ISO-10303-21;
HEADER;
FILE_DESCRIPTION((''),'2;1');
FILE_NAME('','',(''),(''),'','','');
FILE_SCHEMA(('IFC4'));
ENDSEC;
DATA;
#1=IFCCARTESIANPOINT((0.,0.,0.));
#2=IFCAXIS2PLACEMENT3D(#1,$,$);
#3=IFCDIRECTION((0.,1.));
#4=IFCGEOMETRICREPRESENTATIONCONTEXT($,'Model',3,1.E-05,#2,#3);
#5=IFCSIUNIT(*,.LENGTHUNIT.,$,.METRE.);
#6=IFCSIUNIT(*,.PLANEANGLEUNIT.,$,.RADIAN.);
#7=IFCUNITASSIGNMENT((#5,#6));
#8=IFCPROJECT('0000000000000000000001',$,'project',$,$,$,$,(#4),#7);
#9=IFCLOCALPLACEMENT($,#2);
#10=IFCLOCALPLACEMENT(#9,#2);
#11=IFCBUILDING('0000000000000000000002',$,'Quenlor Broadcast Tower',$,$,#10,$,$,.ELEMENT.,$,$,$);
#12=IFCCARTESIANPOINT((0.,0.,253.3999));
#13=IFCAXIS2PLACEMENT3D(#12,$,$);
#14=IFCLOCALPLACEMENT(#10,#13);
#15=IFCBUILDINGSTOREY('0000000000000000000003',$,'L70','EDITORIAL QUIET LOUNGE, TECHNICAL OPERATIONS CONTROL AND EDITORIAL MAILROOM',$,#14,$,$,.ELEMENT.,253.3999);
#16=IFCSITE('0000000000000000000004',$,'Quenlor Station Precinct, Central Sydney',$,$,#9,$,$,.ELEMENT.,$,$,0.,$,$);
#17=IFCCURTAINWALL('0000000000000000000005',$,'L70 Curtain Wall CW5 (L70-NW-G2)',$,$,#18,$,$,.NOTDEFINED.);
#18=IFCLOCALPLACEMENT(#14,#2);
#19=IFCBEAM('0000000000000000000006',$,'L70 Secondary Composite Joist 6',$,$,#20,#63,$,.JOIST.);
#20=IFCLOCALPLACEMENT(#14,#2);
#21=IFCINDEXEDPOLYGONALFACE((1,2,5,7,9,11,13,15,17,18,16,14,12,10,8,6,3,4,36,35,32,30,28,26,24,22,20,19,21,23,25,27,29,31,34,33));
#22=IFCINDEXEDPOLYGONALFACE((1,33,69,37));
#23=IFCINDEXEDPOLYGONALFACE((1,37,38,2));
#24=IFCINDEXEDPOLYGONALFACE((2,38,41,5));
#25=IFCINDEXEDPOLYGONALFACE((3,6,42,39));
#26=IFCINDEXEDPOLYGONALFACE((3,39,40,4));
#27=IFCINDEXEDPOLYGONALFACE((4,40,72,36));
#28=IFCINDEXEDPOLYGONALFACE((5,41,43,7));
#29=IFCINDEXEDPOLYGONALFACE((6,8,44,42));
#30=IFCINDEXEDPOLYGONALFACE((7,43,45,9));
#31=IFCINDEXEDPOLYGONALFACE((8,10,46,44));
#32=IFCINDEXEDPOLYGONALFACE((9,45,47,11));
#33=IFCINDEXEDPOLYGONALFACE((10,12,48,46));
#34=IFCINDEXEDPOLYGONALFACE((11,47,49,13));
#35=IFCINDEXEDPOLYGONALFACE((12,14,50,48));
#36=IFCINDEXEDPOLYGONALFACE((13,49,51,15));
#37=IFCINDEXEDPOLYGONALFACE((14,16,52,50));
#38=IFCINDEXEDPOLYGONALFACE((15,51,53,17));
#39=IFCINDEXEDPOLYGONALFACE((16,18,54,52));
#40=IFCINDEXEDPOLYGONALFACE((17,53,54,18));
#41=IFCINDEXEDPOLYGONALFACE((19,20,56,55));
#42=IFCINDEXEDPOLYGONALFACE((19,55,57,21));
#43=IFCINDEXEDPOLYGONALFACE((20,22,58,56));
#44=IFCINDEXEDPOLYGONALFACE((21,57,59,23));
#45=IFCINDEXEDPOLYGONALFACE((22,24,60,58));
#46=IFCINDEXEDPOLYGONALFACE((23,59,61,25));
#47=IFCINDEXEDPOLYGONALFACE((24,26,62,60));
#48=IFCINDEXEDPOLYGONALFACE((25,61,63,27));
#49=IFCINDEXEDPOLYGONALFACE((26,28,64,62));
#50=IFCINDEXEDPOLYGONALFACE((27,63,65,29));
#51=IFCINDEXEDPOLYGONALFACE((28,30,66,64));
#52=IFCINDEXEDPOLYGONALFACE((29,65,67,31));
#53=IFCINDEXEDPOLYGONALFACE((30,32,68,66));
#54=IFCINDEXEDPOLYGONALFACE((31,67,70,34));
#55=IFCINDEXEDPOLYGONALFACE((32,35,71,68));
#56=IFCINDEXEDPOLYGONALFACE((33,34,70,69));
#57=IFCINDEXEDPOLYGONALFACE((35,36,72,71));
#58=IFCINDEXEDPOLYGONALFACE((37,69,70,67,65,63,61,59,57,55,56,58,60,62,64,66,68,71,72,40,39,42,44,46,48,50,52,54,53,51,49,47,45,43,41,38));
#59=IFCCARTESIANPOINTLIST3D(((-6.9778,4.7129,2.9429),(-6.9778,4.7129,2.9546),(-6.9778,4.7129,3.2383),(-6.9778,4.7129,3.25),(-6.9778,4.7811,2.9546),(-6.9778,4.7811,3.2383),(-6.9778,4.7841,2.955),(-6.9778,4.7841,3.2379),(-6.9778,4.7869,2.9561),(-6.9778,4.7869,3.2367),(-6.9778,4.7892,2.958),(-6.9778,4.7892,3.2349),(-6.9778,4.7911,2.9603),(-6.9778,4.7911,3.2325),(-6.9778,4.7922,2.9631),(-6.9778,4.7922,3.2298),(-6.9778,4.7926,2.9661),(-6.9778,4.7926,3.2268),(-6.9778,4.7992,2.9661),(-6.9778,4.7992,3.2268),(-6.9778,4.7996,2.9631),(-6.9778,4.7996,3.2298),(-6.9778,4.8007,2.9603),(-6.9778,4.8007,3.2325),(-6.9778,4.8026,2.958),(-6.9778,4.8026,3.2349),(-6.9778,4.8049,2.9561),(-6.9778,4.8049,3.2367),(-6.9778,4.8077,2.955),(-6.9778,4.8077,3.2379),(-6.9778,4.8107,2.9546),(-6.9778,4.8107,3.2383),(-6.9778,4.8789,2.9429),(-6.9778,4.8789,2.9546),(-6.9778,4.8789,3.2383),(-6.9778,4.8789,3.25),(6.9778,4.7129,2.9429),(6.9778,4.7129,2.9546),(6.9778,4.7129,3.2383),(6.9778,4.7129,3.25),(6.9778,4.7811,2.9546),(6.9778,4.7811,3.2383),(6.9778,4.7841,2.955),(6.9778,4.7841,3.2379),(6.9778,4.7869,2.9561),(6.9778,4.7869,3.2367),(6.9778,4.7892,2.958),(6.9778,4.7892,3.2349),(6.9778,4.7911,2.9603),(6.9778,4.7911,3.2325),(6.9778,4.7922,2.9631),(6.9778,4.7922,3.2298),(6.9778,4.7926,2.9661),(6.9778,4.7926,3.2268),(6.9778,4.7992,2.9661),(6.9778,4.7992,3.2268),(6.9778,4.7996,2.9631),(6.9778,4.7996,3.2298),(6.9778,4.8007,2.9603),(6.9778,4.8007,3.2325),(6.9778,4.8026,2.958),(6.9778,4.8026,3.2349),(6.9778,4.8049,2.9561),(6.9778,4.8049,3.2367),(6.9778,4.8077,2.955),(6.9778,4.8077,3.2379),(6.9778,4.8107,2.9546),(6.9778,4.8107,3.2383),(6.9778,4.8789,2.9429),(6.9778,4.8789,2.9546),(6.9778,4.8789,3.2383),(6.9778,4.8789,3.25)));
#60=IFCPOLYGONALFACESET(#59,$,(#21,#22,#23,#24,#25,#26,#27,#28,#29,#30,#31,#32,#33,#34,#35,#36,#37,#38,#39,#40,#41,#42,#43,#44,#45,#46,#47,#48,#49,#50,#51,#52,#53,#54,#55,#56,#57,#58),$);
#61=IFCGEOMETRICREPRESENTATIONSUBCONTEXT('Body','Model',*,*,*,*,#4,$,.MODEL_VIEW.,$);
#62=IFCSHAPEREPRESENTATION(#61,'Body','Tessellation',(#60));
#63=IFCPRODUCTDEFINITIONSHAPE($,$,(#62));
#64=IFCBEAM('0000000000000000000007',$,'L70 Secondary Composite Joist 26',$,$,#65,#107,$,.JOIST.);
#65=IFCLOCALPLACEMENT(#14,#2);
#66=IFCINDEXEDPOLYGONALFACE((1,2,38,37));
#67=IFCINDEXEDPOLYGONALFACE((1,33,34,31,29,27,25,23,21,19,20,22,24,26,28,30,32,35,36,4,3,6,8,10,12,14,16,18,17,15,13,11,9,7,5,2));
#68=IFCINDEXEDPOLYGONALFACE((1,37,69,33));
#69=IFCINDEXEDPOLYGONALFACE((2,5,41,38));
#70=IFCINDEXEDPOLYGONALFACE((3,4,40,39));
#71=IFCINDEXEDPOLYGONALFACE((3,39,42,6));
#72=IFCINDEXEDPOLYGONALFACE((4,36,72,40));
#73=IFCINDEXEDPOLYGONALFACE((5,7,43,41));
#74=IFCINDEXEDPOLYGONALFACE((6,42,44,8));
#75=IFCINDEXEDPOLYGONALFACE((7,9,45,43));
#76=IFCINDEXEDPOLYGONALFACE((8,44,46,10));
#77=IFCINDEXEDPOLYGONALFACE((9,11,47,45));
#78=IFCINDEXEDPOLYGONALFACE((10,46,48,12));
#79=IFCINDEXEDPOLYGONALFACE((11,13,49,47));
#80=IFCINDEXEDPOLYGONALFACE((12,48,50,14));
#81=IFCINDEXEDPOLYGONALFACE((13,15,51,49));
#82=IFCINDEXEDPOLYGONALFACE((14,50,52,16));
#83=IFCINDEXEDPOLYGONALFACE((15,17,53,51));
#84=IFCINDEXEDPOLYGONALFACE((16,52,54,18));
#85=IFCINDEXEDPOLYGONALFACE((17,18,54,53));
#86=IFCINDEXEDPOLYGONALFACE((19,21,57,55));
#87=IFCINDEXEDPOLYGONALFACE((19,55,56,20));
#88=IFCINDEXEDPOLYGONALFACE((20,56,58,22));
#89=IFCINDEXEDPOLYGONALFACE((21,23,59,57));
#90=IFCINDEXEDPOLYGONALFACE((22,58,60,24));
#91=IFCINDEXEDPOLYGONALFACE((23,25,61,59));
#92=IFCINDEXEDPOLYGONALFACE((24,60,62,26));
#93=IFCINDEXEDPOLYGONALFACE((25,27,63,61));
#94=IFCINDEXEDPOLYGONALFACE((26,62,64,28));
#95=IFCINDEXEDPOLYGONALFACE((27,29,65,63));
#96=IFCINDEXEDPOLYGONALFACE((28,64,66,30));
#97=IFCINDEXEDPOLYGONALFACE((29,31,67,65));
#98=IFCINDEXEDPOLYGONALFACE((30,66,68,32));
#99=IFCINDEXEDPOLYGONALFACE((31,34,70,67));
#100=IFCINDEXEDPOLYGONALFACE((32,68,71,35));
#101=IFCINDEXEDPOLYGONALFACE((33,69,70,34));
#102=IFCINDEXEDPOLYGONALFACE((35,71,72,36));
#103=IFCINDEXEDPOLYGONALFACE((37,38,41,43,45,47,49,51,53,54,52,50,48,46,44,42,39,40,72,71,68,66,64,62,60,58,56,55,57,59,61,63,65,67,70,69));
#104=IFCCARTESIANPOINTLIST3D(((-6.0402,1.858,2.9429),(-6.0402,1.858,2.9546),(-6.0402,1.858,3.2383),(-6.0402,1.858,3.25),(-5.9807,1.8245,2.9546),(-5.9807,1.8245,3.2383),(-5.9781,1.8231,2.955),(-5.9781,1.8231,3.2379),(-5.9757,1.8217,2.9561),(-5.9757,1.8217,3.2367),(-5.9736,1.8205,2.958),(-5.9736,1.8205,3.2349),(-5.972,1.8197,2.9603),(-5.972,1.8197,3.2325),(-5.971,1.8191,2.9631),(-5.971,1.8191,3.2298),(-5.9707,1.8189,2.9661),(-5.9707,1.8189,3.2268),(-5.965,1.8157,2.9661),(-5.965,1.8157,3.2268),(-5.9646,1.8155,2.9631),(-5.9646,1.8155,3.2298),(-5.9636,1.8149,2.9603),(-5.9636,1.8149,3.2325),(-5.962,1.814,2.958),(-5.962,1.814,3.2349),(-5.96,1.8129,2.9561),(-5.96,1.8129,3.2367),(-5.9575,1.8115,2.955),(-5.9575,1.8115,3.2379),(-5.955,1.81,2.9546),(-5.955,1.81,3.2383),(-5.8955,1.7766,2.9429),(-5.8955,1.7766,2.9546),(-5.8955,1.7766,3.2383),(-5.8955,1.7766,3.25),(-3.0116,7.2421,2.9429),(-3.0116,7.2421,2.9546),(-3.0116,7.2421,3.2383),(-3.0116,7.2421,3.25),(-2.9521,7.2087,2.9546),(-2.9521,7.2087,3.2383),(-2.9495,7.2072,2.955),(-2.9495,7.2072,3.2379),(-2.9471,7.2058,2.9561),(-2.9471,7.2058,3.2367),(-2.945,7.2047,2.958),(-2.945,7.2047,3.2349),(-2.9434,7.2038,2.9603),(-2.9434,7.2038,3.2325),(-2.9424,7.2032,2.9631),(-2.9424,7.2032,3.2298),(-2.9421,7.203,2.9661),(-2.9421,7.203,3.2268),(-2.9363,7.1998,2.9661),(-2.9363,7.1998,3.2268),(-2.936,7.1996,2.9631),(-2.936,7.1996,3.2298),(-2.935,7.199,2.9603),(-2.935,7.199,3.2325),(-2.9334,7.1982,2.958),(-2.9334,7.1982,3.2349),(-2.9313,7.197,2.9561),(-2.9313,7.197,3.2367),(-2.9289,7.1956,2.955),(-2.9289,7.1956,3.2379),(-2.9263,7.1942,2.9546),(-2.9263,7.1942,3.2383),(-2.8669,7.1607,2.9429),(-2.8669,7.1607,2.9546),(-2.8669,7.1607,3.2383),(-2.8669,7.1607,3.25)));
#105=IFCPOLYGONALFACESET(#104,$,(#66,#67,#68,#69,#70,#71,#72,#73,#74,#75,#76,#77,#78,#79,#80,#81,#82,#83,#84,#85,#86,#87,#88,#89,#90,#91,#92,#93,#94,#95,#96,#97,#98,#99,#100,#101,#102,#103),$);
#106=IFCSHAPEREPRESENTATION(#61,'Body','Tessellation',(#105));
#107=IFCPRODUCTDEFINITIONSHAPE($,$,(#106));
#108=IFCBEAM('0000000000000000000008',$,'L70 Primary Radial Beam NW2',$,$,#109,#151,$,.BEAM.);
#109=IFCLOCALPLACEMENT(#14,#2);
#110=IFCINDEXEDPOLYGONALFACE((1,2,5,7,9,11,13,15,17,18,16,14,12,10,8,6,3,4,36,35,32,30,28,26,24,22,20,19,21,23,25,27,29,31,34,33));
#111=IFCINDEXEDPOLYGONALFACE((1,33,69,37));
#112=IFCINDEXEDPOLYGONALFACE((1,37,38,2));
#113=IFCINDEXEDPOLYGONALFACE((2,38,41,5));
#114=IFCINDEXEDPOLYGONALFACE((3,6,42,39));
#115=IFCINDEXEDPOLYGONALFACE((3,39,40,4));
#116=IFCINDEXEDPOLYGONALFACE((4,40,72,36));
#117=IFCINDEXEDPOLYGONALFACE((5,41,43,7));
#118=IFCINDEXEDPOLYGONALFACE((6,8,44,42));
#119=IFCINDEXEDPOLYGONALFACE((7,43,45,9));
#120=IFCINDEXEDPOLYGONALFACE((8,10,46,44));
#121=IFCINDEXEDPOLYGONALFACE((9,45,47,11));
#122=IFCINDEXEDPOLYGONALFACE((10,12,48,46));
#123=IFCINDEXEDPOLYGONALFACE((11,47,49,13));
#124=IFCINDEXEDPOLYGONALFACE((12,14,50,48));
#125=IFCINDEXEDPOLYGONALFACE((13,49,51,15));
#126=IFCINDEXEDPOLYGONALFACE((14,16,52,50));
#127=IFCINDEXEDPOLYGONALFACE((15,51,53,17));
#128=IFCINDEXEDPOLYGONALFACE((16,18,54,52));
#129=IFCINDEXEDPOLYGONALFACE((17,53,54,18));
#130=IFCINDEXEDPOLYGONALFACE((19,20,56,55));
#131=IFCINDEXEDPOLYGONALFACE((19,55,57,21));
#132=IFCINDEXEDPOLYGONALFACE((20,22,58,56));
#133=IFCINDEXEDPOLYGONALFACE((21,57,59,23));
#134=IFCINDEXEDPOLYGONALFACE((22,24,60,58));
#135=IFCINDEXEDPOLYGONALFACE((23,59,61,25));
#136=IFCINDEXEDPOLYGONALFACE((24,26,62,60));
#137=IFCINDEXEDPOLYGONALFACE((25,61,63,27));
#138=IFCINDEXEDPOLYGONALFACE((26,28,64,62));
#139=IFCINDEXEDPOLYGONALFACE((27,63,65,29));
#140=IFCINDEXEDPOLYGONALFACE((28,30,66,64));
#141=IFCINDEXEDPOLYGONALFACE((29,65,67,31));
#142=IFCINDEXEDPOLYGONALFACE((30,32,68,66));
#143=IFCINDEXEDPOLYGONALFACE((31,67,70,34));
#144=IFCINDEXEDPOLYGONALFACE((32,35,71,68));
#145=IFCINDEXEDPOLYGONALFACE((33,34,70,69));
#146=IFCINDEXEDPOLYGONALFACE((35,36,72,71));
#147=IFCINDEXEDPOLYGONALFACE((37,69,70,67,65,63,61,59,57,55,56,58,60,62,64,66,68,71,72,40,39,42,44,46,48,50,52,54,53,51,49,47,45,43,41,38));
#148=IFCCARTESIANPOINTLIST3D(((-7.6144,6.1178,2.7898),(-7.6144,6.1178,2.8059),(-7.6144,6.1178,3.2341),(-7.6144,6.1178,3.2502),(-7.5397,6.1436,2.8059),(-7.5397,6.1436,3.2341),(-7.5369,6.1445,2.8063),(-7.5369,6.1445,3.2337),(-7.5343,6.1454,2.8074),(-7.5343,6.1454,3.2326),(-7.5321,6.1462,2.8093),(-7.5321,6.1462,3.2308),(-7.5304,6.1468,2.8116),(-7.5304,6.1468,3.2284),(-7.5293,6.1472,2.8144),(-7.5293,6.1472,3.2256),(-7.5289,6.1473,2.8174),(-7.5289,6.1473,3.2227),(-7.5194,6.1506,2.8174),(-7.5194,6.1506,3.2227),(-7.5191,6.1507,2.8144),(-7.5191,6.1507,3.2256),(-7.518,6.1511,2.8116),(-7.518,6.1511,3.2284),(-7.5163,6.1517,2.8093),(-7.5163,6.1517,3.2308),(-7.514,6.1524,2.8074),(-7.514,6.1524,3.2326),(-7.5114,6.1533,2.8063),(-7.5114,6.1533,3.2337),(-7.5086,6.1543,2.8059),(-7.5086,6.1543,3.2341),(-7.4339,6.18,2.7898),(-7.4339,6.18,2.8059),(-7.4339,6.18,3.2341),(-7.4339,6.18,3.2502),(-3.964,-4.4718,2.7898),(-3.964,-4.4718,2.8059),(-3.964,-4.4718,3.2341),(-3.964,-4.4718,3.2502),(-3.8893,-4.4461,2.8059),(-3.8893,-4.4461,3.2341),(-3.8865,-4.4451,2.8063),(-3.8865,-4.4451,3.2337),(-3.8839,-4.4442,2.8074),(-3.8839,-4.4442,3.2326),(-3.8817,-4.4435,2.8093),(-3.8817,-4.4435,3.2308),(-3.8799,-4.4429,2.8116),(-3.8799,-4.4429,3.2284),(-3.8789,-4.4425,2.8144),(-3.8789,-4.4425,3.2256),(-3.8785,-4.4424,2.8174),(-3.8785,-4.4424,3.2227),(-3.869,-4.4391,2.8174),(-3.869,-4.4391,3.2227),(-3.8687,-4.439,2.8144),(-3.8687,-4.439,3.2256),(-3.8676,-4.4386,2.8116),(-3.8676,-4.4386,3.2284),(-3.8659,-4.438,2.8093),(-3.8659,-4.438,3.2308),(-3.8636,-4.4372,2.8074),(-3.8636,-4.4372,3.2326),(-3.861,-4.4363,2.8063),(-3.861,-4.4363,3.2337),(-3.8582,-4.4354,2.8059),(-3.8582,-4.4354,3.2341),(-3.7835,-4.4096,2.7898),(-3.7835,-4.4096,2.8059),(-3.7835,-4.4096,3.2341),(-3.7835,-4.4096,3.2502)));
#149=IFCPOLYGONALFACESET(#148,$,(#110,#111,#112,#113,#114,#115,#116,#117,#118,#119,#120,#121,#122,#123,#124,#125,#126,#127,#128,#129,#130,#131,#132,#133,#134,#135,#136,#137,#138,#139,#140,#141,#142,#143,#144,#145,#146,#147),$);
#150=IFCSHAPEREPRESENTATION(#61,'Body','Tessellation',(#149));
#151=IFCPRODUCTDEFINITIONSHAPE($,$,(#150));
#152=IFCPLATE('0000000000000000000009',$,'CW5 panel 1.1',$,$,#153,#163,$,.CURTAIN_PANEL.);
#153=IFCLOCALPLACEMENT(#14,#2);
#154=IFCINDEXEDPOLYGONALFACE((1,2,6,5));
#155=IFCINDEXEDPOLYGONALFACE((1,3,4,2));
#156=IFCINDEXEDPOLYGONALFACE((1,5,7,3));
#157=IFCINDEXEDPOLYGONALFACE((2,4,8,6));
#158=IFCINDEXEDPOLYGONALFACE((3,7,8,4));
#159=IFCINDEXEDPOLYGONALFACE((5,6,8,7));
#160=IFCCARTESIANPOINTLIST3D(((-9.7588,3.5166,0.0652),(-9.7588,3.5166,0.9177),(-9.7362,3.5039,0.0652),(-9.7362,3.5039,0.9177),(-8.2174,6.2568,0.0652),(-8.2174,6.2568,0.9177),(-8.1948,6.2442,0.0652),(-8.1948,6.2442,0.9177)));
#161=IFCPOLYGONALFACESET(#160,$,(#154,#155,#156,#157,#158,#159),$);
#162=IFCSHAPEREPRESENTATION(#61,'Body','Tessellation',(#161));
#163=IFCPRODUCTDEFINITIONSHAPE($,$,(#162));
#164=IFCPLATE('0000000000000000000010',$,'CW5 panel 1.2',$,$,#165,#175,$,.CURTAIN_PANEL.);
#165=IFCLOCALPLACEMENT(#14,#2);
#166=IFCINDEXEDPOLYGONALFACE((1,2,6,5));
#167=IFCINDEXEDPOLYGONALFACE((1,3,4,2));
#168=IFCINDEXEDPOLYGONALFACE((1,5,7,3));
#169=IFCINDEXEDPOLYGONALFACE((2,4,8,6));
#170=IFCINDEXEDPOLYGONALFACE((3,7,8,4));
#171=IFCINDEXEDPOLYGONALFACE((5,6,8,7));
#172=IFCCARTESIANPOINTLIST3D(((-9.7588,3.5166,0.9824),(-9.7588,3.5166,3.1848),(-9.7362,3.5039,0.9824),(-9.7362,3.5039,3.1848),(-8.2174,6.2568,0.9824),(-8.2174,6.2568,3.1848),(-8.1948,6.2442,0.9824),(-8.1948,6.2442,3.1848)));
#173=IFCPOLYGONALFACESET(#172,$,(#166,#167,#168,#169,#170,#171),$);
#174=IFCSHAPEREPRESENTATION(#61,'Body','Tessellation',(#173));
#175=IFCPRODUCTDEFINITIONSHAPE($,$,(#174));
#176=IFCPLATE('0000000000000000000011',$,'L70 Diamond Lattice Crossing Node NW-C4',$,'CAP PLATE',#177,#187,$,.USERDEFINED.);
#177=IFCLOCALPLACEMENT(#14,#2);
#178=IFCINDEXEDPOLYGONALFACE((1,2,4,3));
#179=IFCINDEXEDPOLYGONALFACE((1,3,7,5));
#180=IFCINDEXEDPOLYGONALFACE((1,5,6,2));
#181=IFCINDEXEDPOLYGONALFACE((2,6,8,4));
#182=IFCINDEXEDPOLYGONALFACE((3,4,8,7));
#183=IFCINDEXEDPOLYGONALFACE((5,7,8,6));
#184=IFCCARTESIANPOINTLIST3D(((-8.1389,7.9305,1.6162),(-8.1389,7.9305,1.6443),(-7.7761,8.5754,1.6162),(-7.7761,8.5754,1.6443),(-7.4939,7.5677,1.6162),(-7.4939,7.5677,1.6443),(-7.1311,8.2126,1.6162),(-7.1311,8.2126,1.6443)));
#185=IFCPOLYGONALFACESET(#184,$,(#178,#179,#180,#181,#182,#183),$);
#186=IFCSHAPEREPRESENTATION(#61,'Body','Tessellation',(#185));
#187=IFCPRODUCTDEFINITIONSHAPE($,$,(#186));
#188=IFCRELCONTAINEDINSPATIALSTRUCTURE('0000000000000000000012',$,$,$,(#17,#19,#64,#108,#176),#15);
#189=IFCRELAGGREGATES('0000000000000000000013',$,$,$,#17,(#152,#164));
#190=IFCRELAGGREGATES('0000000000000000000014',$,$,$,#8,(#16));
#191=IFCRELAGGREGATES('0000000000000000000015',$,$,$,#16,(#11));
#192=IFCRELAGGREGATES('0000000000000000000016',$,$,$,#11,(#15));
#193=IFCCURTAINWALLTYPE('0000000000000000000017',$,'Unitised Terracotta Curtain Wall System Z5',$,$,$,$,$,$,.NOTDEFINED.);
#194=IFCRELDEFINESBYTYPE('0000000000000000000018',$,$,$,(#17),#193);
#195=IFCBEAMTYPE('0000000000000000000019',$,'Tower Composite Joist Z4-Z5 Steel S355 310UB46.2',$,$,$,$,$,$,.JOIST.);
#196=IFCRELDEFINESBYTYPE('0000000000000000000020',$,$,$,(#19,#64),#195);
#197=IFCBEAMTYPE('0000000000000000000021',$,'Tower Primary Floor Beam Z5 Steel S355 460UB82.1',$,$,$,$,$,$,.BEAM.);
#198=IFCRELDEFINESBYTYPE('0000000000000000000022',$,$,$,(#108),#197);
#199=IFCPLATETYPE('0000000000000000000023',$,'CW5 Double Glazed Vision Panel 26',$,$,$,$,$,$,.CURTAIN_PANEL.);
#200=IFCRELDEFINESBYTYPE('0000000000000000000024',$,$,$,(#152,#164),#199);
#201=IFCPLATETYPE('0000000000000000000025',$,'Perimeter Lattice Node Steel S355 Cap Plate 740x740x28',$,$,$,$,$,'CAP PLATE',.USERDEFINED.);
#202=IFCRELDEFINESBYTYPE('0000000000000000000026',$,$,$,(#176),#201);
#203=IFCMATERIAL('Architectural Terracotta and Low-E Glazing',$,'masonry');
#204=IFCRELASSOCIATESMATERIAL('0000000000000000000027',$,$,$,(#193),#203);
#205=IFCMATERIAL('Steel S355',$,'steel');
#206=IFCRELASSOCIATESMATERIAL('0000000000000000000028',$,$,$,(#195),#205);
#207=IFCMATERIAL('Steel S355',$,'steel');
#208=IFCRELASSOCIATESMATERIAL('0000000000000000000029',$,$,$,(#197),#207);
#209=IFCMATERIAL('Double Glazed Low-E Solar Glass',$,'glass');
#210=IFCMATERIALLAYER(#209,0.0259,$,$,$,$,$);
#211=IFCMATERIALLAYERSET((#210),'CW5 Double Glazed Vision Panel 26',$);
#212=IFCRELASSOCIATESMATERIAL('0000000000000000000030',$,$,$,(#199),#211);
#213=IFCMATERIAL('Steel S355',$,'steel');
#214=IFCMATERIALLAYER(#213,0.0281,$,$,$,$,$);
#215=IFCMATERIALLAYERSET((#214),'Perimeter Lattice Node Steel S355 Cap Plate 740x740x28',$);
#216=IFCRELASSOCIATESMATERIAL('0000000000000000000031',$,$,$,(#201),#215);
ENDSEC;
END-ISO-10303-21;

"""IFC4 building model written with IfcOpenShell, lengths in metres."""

from ifc_helpers import new_model, si_unit, direction, frame, origin, origin_2d, place, context, subcontext, project, spatial, rectangle, i_section, extrude, material, layer, layer_set, material_profile, profile_set, type_object, element, aggregate, save


model = new_model("IFC4")

# Units and contexts
model_context = context("Model", 3, precision=1e-05, world=origin(), true_north=direction((0.0, 1.0)))
body_context = subcontext(model_context, "Body", "Model", "MODEL_VIEW")
ifc_project = project(units=[si_unit("LENGTHUNIT", "METRE"), si_unit("PLANEANGLEUNIT", "RADIAN")], contexts=[model_context])

# Site, building, storey
site_placement = place(None, origin())
site = spatial("IfcSite", under=ifc_project, at=site_placement, Name="Quenlor Station Precinct, Central Sydney", CompositionType="ELEMENT", RefElevation=0.0)
building_placement = place(site_placement, origin())
building = spatial("IfcBuilding", under=site, at=building_placement, Name="Quenlor Broadcast Tower", CompositionType="ELEMENT")
storey_placement = place(building_placement, frame((0.0, 0.0, 253.3999)))
storey = spatial("IfcBuildingStorey", under=building, at=storey_placement, Name="L70", Description="EDITORIAL QUIET LOUNGE, TECHNICAL OPERATIONS CONTROL AND EDITORIAL MAILROOM", CompositionType="ELEMENT", Elevation=253.3999)

# Curtain wall
ifc_material_1 = material(Name="Architectural Terracotta and Low-E Glazing", Category="masonry")
curtain_wall_type = type_object("IfcCurtainWallType", Name="Unitised Terracotta Curtain Wall System Z5", PredefinedType="NOTDEFINED", material=ifc_material_1)
curtain_wall_placement = place(storey_placement, origin())
curtain_wall = element("IfcCurtainWall", 1, at=curtain_wall_placement, inside=storey, type_object=curtain_wall_type, Name="L70 Curtain Wall CW5 (L70-NW-G2)", PredefinedType="NOTDEFINED")

# Beams
ifc_material_2 = material(Name="Steel S355", Category="steel")
ifc_material_profile_1 = material_profile(ifc_material_2, i_section(OverallWidth=0.166, OverallDepth=0.3071, WebThickness=0.0066, FlangeThickness=0.0117, FilletRadius=0.0115, at=origin_2d()))
ifc_profile_set_1 = profile_set([ifc_material_profile_1], Name="Steel S355 310UB46.2")
beam_type_1 = type_object("IfcBeamType", Name="Tower Composite Joist Z4-Z5 Steel S355 310UB46.2", PredefinedType="JOIST", material=ifc_profile_set_1)
beam_1_placement = place(storey_placement, frame((-6.9778, 4.7959, 3.0964), z_axis=(1.0, 0.0, 0.0), x_axis=(0.0, 1.0, 0.0)))
element("IfcBeam", 2, at=beam_1_placement, inside=storey, type_object=beam_type_1, Name="L70 Secondary Composite Joist 6", PredefinedType="JOIST", context=body_context, shape_type="SweptSolid", body=[
    extrude(i_section(OverallWidth=0.166, OverallDepth=0.3071, WebThickness=0.0066, FlangeThickness=0.0117, FilletRadius=0.0115, at=origin_2d()), origin(), (0.0, 0.0, 1.0), 13.9556),
])
beam_2_placement = place(storey_placement, frame((-2.9392, 7.2014, 3.0964), z_axis=(-0.490267, -0.871572, 0.0), x_axis=(0.871572, -0.490267, 0.0)))
element("IfcBeam", 3, at=beam_2_placement, inside=storey, type_object=beam_type_1, Name="L70 Secondary Composite Joist 26", PredefinedType="JOIST", context=body_context, shape_type="SweptSolid", body=[
    extrude(i_section(OverallWidth=0.166, OverallDepth=0.3071, WebThickness=0.0066, FlangeThickness=0.0117, FilletRadius=0.0115, at=origin_2d()), origin(), (0.0, 0.0, 1.0), 6.1775),
])
ifc_material_3 = material(Name="Steel S355", Category="steel")
ifc_material_profile_2 = material_profile(ifc_material_3, i_section(OverallWidth=0.1909, OverallDepth=0.4604, WebThickness=0.01, FlangeThickness=0.0161, FilletRadius=0.0115, at=origin_2d()))
ifc_profile_set_2 = profile_set([ifc_material_profile_2], Name="Steel S355 460UB82.1")
beam_type_2 = type_object("IfcBeamType", Name="Tower Primary Floor Beam Z5 Steel S355 460UB82.1", PredefinedType="BEAM", material=ifc_profile_set_2)
beam_3_placement = place(storey_placement, frame((-7.5242, 6.1489, 3.02), z_axis=(0.325895, -0.945406, 0.0), x_axis=(0.945406, 0.325895, 0.0)))
element("IfcBeam", 4, at=beam_3_placement, inside=storey, type_object=beam_type_2, Name="L70 Primary Radial Beam NW2", PredefinedType="BEAM", context=body_context, shape_type="SweptSolid", body=[
    extrude(i_section(OverallWidth=0.1909, OverallDepth=0.4604, WebThickness=0.01, FlangeThickness=0.0161, FilletRadius=0.0115, at=origin_2d()), origin(), (0.0, 0.0, 1.0), 11.2012),
])

# Plates
ifc_material_4 = material(Name="Double Glazed Low-E Solar Glass", Category="glass")
ifc_layer_1 = layer(ifc_material_4, 0.0259)
ifc_layer_set_1 = layer_set([ifc_layer_1], Name="CW5 Double Glazed Vision Panel 26")
plate_type_1 = type_object("IfcPlateType", Name="CW5 Double Glazed Vision Panel 26", PredefinedType="CURTAIN_PANEL", material=ifc_layer_set_1)
plate_1_placement = place(storey_placement, frame((-8.9768, 4.8804, 0.0652), z_axis=(0.0, 0.0, 1.0), x_axis=(0.490263, 0.871575, 0.0)))
plate_1 = element("IfcPlate", 5, at=plate_1_placement, type_object=plate_type_1, Name="CW5 panel 1.1", PredefinedType="CURTAIN_PANEL", context=body_context, shape_type="SweptSolid", body=[
    extrude(rectangle(XDim=3.144, YDim=0.0259, at=origin_2d()), origin(), (0.0, 0.0, 1.0), 0.8525),
])
plate_2_placement = place(storey_placement, frame((-8.9768, 4.8804, 0.9824), z_axis=(0.0, 0.0, 1.0), x_axis=(0.490263, 0.871575, 0.0)))
plate_2 = element("IfcPlate", 6, at=plate_2_placement, type_object=plate_type_1, Name="CW5 panel 1.2", PredefinedType="CURTAIN_PANEL", context=body_context, shape_type="SweptSolid", body=[
    extrude(rectangle(XDim=3.144, YDim=0.0259, at=origin_2d()), origin(), (0.0, 0.0, 1.0), 2.2024),
])
aggregate(curtain_wall, [plate_1, plate_2])

# Plate
ifc_material_5 = material(Name="Steel S355", Category="steel")
ifc_layer_2 = layer(ifc_material_5, 0.0281)
ifc_layer_set_2 = layer_set([ifc_layer_2], Name="Perimeter Lattice Node Steel S355 Cap Plate 740x740x28")
plate_type_2 = type_object("IfcPlateType", Name="Perimeter Lattice Node Steel S355 Cap Plate 740x740x28", ElementType="CAP PLATE", PredefinedType="USERDEFINED", material=ifc_layer_set_2)
plate_3_placement = place(storey_placement, frame((-7.635, 8.0715, 1.6162), z_axis=(0.0, 0.0, 1.0), x_axis=(0.490295, 0.871556, 0.0)))
element("IfcPlate", 7, at=plate_3_placement, inside=storey, type_object=plate_type_2, Name="L70 Diamond Lattice Crossing Node NW-C4", ObjectType="CAP PLATE", PredefinedType="USERDEFINED", context=body_context, shape_type="SweptSolid", body=[
    extrude(rectangle(XDim=0.74, YDim=0.74, at=origin_2d()), origin(), (0.0, 0.0, 1.0), 0.0281),
])

save(model, "model.ifc")
